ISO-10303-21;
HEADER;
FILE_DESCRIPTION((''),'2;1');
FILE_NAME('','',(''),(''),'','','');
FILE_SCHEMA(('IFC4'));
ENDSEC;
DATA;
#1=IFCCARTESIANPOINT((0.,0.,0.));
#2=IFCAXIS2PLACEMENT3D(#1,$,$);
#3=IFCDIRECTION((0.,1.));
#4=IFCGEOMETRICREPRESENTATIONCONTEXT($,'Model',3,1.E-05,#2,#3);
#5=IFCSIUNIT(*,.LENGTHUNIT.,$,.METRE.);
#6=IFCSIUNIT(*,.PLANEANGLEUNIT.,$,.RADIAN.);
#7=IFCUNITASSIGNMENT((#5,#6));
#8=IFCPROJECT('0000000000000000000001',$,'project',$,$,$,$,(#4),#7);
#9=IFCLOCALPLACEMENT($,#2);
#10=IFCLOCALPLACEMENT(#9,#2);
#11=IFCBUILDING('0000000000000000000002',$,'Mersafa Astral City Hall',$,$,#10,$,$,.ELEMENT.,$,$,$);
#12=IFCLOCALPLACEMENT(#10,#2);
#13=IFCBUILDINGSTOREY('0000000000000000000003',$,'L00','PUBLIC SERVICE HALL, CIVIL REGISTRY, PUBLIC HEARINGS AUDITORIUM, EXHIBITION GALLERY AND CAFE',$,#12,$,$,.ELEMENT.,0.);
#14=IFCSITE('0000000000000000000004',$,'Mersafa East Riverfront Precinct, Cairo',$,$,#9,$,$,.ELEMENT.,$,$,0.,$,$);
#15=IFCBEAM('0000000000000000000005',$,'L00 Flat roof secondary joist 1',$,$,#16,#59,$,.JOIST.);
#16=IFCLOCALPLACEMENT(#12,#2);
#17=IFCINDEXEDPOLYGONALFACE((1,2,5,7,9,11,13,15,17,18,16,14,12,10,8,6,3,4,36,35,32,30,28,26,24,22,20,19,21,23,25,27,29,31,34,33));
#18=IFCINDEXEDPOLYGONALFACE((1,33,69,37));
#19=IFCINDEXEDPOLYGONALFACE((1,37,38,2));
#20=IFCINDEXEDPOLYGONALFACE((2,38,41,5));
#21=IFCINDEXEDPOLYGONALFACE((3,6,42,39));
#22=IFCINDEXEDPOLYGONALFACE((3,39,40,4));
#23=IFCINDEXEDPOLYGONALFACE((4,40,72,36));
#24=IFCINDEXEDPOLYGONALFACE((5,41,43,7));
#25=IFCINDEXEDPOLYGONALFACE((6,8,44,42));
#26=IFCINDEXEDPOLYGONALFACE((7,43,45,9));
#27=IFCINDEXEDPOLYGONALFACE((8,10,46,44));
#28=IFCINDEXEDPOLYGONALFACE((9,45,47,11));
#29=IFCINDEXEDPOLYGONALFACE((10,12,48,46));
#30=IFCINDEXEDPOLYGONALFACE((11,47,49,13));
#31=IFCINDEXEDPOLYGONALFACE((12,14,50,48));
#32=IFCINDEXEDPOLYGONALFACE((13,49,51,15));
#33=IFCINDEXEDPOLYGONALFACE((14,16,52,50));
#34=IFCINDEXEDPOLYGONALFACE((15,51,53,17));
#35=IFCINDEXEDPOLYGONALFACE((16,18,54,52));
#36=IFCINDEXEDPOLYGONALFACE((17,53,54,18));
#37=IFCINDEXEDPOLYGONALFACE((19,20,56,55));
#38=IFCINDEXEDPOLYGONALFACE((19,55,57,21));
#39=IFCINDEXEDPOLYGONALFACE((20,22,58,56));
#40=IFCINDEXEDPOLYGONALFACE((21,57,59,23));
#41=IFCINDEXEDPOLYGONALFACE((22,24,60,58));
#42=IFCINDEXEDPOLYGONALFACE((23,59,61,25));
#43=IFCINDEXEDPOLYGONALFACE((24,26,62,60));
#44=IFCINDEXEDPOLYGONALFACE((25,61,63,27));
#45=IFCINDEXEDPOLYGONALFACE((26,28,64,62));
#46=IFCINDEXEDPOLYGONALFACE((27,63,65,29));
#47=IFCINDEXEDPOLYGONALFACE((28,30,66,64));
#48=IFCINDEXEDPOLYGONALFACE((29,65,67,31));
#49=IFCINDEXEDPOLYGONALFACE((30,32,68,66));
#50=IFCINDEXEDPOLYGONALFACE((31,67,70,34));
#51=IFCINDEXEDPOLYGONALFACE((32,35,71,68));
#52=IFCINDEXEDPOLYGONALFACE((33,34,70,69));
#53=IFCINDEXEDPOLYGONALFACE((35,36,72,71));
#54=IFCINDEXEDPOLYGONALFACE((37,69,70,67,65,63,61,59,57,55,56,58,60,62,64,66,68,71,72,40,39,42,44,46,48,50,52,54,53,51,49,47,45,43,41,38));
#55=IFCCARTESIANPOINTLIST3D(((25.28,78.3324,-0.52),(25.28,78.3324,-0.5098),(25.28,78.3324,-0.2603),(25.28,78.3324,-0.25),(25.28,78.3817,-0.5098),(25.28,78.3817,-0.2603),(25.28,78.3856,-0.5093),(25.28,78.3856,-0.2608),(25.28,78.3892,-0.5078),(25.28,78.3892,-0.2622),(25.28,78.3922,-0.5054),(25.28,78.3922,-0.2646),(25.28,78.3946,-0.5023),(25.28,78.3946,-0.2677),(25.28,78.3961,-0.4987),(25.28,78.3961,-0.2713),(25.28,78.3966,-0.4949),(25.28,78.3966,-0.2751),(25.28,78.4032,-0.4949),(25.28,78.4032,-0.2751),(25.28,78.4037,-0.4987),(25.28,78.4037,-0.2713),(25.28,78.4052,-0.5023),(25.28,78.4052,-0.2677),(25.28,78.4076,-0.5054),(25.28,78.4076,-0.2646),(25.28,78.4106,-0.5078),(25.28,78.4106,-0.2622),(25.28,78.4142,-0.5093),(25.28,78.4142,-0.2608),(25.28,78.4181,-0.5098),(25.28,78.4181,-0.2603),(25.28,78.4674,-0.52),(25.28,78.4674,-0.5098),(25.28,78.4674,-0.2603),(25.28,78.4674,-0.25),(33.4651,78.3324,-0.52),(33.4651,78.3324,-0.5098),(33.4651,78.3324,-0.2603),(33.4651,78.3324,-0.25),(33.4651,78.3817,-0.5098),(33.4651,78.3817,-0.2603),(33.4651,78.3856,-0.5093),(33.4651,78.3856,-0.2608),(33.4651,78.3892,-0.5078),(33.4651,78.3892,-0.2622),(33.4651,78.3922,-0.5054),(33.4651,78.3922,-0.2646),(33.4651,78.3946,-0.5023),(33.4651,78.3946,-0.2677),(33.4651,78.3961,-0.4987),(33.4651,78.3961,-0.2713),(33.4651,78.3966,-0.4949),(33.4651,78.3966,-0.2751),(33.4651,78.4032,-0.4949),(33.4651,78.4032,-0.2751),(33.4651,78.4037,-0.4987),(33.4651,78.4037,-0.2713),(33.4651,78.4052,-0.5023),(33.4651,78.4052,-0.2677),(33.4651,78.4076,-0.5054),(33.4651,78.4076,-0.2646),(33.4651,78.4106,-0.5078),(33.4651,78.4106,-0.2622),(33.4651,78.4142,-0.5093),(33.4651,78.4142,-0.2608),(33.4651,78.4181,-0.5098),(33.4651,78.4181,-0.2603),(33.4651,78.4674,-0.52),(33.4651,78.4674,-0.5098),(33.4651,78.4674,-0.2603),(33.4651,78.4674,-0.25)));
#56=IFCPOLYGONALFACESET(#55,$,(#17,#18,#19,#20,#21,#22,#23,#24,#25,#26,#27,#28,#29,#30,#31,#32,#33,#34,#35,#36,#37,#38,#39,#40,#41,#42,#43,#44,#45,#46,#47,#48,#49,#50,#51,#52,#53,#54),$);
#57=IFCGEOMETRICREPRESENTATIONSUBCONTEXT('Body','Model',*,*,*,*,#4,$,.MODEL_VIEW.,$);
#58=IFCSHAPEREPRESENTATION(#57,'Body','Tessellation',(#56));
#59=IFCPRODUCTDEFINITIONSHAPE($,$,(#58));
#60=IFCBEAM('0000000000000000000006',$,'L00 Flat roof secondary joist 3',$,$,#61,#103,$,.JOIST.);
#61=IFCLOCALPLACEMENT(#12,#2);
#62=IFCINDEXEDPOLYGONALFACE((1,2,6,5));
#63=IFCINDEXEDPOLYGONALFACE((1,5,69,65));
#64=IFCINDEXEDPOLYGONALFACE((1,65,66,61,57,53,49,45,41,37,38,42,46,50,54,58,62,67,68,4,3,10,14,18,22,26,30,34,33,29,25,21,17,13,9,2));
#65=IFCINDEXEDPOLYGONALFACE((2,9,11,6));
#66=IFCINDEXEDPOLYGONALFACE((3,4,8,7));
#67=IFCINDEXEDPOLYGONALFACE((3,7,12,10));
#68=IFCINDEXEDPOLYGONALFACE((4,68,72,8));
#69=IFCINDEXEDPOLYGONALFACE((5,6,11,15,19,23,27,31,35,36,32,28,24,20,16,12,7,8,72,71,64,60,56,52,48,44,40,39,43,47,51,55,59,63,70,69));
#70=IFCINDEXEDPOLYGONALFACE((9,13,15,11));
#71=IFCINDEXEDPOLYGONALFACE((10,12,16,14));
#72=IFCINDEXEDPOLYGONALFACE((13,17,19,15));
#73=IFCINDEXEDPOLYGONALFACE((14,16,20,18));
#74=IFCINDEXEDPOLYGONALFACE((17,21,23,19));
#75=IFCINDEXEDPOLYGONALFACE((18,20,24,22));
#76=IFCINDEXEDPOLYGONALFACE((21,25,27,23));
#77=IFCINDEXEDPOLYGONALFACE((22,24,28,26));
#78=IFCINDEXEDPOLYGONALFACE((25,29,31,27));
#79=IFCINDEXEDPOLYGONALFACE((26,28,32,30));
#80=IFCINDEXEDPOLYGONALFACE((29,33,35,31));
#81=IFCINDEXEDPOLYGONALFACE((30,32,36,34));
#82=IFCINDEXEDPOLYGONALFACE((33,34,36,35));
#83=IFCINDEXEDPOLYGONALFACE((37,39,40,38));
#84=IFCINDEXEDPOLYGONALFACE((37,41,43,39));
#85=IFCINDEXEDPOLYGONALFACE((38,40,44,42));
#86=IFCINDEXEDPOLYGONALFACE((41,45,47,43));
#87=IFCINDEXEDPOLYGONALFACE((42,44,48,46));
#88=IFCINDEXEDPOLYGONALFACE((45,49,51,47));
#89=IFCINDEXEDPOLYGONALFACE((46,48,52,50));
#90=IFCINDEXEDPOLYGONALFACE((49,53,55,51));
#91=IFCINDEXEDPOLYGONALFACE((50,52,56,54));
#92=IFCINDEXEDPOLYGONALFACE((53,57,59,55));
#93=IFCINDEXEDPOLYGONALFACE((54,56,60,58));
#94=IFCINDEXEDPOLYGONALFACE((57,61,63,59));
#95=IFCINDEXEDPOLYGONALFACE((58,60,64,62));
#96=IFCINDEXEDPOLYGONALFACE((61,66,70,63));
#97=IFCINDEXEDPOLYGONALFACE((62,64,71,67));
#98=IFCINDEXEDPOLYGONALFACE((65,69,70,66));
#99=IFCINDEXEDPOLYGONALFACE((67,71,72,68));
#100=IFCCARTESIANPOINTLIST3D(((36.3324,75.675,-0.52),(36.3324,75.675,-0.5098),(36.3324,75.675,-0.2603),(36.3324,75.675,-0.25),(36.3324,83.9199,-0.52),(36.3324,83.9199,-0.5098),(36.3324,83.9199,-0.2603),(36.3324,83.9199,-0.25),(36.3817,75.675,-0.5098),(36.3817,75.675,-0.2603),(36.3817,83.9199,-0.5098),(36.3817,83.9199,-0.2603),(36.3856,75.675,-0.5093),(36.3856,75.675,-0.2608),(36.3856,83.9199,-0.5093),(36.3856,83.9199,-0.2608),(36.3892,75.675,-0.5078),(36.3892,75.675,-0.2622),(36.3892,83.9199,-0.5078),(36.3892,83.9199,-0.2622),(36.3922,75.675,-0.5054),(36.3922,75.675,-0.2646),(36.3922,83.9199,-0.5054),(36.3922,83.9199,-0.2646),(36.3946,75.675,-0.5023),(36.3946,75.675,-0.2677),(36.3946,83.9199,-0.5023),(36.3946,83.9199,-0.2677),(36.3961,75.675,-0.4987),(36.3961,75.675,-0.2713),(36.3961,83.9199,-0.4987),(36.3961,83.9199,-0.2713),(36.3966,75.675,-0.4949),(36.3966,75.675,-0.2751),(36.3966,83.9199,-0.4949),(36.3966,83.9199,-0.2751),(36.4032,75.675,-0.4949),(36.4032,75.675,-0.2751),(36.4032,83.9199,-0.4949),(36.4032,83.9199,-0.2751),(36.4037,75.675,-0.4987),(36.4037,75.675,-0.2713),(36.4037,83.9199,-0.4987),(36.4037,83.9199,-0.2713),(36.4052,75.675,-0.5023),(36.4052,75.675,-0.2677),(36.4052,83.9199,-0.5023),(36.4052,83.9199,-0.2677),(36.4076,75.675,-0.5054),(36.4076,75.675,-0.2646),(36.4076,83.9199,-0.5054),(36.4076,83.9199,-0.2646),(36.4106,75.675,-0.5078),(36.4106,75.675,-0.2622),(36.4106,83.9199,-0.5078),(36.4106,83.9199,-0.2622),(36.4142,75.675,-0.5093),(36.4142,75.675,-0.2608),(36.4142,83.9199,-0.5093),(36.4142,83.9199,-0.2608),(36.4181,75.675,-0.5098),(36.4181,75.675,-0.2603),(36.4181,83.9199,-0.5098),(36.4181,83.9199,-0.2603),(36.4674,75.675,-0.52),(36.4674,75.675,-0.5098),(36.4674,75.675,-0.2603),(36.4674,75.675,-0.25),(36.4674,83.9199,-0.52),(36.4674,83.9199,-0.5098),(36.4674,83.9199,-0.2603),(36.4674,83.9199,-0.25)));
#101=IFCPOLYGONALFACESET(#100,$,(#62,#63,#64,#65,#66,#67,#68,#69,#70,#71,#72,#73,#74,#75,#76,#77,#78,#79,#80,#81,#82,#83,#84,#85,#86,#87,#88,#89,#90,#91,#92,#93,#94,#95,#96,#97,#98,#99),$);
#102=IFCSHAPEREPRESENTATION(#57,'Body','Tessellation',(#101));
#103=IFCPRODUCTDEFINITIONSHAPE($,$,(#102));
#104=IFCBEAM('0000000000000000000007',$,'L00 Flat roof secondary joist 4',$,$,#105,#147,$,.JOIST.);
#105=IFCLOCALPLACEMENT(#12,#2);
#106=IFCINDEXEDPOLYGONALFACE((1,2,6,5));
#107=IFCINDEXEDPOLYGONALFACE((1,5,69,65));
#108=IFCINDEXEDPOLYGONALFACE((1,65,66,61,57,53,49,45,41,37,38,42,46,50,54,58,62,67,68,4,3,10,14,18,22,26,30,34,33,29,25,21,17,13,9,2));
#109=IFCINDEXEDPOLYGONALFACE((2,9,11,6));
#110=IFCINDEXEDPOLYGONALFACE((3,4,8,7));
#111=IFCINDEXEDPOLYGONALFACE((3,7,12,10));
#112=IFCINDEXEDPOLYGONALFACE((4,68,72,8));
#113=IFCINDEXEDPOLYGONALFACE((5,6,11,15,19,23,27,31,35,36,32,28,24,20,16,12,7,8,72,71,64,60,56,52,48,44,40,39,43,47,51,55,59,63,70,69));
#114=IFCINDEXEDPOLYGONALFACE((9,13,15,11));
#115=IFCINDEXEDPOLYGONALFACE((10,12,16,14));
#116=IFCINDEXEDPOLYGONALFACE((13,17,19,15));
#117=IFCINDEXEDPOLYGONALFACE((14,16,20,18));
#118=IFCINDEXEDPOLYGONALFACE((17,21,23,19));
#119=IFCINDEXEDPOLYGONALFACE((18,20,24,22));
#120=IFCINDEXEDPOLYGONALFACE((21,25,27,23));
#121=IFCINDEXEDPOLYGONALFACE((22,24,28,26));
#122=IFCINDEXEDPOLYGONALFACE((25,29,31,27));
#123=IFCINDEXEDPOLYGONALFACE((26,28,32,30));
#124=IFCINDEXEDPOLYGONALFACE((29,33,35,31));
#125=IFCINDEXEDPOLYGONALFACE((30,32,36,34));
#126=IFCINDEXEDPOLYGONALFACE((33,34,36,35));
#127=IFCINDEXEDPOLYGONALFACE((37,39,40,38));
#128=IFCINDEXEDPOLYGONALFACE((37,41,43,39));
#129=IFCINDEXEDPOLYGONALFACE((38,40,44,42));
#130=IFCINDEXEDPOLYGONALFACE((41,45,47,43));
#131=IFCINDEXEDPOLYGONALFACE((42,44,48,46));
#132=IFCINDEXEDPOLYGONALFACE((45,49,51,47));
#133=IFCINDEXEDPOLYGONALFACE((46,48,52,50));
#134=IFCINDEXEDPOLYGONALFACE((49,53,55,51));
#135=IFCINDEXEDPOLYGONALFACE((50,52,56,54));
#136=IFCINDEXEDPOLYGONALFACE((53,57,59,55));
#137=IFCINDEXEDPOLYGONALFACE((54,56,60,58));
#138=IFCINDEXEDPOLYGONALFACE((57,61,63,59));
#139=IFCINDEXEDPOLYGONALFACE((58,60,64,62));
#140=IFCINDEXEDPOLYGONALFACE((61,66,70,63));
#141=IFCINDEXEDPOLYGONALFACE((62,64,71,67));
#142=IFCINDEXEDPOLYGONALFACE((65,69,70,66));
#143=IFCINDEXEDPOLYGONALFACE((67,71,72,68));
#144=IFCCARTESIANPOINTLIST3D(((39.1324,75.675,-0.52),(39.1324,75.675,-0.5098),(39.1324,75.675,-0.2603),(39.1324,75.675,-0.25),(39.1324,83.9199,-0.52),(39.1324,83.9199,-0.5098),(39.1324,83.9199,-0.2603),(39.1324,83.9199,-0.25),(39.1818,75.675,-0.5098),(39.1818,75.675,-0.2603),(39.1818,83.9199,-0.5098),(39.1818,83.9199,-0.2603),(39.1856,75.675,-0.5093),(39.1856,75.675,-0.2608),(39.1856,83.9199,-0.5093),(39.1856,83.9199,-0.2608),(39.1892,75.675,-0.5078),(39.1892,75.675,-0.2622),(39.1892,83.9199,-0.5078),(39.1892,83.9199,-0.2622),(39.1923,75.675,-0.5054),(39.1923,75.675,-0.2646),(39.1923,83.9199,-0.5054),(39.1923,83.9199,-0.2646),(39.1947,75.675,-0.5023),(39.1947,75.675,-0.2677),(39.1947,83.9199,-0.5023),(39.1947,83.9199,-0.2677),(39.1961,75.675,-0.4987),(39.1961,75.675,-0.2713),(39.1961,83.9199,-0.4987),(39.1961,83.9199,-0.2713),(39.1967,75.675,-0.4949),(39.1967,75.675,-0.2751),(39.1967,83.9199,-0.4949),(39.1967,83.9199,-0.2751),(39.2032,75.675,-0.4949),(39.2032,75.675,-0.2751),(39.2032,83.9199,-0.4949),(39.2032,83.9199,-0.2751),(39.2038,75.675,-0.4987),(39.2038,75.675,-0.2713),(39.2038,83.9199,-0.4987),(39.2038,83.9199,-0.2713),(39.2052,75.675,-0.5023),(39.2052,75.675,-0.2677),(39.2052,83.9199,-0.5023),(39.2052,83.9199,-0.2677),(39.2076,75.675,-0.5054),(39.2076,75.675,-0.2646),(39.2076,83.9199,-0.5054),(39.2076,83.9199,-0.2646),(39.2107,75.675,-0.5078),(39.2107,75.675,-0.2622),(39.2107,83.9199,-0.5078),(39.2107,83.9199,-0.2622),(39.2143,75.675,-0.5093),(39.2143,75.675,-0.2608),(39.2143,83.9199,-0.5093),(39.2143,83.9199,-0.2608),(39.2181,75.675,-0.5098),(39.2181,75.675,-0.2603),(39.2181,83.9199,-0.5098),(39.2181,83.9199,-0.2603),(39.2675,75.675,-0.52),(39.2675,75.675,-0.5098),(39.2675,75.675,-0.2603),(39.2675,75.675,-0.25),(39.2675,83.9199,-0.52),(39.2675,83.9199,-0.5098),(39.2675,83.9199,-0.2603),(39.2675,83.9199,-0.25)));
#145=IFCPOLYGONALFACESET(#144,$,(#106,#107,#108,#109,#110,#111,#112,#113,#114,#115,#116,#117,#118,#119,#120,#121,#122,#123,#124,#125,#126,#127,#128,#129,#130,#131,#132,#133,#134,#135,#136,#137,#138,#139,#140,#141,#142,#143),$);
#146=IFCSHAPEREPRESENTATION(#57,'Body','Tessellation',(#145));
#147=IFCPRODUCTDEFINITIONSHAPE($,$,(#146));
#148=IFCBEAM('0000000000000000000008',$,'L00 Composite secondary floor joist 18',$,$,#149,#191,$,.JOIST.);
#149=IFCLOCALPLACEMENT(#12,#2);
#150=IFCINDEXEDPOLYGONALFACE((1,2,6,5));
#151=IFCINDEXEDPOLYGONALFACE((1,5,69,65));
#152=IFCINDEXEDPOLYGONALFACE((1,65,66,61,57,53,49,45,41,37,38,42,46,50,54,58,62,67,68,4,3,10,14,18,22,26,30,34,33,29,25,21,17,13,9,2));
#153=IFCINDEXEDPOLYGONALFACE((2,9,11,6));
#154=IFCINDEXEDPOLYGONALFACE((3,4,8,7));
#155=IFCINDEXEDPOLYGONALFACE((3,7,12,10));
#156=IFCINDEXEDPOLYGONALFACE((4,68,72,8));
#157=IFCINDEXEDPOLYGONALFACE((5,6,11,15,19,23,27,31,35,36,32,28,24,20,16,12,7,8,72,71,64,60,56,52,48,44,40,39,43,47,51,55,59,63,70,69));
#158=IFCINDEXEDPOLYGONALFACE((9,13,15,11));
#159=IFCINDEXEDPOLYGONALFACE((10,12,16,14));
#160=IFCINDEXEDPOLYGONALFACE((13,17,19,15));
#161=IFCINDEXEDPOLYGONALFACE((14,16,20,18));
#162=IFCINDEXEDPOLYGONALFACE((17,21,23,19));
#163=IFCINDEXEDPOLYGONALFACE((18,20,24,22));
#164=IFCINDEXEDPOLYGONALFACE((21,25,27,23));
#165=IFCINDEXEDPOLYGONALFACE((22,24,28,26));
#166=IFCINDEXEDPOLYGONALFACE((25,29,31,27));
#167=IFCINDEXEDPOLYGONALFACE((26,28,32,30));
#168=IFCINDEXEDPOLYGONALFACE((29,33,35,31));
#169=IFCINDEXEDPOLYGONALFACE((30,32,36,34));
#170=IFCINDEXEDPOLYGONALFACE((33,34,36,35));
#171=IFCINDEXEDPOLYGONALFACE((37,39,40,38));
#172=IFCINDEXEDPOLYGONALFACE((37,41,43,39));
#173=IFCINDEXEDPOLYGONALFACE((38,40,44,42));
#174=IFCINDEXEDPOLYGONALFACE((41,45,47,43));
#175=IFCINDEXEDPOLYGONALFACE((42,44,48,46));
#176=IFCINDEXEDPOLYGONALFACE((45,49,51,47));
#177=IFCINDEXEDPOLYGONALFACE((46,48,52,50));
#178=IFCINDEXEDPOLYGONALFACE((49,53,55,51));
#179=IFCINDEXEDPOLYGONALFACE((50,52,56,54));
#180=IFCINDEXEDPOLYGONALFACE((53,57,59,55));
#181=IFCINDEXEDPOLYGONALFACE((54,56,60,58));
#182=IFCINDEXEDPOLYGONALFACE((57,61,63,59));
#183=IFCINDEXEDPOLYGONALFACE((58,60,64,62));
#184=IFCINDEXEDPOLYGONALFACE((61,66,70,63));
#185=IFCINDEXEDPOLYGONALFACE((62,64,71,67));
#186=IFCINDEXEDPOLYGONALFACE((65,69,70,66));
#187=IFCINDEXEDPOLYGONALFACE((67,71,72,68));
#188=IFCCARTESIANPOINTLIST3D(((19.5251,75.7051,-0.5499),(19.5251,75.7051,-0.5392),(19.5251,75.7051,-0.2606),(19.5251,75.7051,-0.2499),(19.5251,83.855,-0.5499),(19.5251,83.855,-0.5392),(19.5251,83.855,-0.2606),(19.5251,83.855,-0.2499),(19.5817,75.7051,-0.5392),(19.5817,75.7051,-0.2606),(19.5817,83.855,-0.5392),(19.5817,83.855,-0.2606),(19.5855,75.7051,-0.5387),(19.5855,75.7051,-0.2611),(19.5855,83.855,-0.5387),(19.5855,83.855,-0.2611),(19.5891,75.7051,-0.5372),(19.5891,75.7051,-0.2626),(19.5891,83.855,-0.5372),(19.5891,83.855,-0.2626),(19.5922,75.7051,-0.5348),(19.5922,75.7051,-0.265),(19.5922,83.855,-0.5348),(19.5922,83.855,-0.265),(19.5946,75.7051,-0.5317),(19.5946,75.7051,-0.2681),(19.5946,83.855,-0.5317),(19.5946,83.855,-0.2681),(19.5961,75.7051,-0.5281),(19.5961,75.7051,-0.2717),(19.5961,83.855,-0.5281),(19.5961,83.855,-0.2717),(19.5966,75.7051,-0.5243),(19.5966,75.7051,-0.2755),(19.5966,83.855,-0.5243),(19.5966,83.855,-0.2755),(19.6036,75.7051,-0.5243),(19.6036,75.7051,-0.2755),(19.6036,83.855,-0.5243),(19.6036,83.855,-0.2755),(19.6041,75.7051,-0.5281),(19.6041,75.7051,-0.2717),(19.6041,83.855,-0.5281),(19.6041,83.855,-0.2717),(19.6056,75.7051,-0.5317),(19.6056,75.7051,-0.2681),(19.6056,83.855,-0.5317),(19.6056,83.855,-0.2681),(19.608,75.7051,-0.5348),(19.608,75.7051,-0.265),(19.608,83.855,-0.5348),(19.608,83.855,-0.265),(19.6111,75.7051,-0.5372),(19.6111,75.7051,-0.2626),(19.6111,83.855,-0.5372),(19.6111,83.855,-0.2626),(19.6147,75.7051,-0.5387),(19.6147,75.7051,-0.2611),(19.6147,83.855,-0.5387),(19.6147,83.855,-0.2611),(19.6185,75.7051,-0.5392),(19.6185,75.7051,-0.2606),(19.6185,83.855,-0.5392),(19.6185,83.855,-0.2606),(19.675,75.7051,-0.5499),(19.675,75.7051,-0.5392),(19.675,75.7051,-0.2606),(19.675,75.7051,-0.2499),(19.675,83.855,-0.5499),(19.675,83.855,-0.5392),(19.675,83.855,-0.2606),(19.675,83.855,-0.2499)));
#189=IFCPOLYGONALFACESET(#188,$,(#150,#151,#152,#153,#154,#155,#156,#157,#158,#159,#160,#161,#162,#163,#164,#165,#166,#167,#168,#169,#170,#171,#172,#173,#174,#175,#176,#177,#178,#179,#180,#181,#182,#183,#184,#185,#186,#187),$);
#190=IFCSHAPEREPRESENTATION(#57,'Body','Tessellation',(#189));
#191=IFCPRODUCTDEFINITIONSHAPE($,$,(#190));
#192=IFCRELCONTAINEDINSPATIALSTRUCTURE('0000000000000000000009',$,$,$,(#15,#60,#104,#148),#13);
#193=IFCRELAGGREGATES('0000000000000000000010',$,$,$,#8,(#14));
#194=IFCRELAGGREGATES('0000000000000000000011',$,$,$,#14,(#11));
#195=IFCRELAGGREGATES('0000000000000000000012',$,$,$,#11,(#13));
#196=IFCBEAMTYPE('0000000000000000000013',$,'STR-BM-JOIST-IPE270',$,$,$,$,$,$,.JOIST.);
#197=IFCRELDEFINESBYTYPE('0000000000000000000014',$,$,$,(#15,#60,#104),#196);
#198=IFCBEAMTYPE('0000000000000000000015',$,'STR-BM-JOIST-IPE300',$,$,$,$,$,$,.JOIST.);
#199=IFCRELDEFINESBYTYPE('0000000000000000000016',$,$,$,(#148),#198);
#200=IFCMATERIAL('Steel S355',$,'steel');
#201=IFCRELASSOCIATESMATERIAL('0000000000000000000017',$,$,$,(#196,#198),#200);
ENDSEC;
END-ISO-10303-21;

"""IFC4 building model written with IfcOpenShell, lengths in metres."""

from ifc_helpers import new_model, si_unit, direction, frame, origin, origin_2d, place, context, subcontext, project, spatial, i_section, extrude, material, material_profile, profile_set, type_object, element, save


model = new_model("IFC4")

# Units and contexts
model_context = context("Model", 3, precision=1e-05, world=origin(), true_north=direction((0.0, 1.0)))
body_context = subcontext(model_context, "Body", "Model", "MODEL_VIEW")
ifc_project = project(units=[si_unit("LENGTHUNIT", "METRE"), si_unit("PLANEANGLEUNIT", "RADIAN")], contexts=[model_context])

# Site, building, storey
site_placement = place(None, origin())
site = spatial("IfcSite", under=ifc_project, at=site_placement, Name="Mersafa East Riverfront Precinct, Cairo", CompositionType="ELEMENT", RefElevation=0.0)
building_placement = place(site_placement, origin())
building = spatial("IfcBuilding", under=site, at=building_placement, Name="Mersafa Astral City Hall", CompositionType="ELEMENT")
storey_placement = place(building_placement, origin())
storey = spatial("IfcBuildingStorey", under=building, at=storey_placement, Name="L00", Description="PUBLIC SERVICE HALL, CIVIL REGISTRY, PUBLIC HEARINGS AUDITORIUM, EXHIBITION GALLERY AND CAFE", CompositionType="ELEMENT", Elevation=0.0)

# Shared definitions
ifc_material_1 = material(Name="Steel S355", Category="steel")

# Beams
ifc_material_profile_1 = material_profile(ifc_material_1, i_section(OverallWidth=0.135, OverallDepth=0.27, WebThickness=0.0066, FlangeThickness=0.0103, FilletRadius=0.0149, at=origin_2d()), Name="IPE 270")
ifc_profile_set_1 = profile_set([ifc_material_profile_1], Name="Steel S355")
beam_type_1 = type_object("IfcBeamType", Name="STR-BM-JOIST-IPE270", PredefinedType="JOIST", material=ifc_profile_set_1)
beam_1_placement = place(storey_placement, frame((25.28, 78.3999, -0.385), z_axis=(1.0, 0.0, 0.0), x_axis=(0.0, 1.0, 0.0)))
element("IfcBeam", 1, at=beam_1_placement, inside=storey, type_object=beam_type_1, Name="L00 Flat roof secondary joist 1", PredefinedType="JOIST", context=body_context, shape_type="SweptSolid", body=[
    extrude(i_section(OverallWidth=0.135, OverallDepth=0.27, WebThickness=0.0066, FlangeThickness=0.0103, FilletRadius=0.0149, at=origin_2d()), origin(), (0.0, 0.0, 1.0), 8.1851),
])
for number, where, z_axis, x_axis, name in (
    (2, (36.3999, 75.675, -0.385), (0.0, 1.0, 0.0), (-1.0, 0.0, 0.0), "L00 Flat roof secondary joist 3"),
    (3, (39.2, 75.675, -0.385), (0.0, 1.0, 0.0), (-1.0, 0.0, 0.0), "L00 Flat roof secondary joist 4"),
):
    element("IfcBeam", number, at=place(storey_placement, frame(where, z_axis=z_axis, x_axis=x_axis)), inside=storey, type_object=beam_type_1, Name=name, PredefinedType="JOIST", context=body_context, shape_type="SweptSolid", body=[
        extrude(i_section(OverallWidth=0.135, OverallDepth=0.27, WebThickness=0.0066, FlangeThickness=0.0103, FilletRadius=0.0149, at=origin_2d()), origin(), (0.0, 0.0, 1.0), 8.2449),
    ])
ifc_material_profile_2 = material_profile(ifc_material_1, i_section(OverallWidth=0.1499, OverallDepth=0.3, WebThickness=0.0071, FlangeThickness=0.0107, FilletRadius=0.0149, at=origin_2d()), Name="IPE 300")
ifc_profile_set_2 = profile_set([ifc_material_profile_2], Name="Steel S355")
beam_type_2 = type_object("IfcBeamType", Name="STR-BM-JOIST-IPE300", PredefinedType="JOIST", material=ifc_profile_set_2)
for number, where, z_axis, x_axis, name in (
    (4, (19.6001, 75.7051, -0.3999), (0.0, 1.0, 0.0), (-1.0, 0.0, 0.0), "L00 Composite secondary floor joist 18"),
):
    element("IfcBeam", number, at=place(storey_placement, frame(where, z_axis=z_axis, x_axis=x_axis)), inside=storey, type_object=beam_type_2, Name=name, PredefinedType="JOIST", context=body_context, shape_type="SweptSolid", body=[
        extrude(i_section(OverallWidth=0.1499, OverallDepth=0.3, WebThickness=0.0071, FlangeThickness=0.0107, FilletRadius=0.0149, at=origin_2d()), origin(), (0.0, 0.0, 1.0), 8.1499),
    ])

save(model, "model.ifc")
